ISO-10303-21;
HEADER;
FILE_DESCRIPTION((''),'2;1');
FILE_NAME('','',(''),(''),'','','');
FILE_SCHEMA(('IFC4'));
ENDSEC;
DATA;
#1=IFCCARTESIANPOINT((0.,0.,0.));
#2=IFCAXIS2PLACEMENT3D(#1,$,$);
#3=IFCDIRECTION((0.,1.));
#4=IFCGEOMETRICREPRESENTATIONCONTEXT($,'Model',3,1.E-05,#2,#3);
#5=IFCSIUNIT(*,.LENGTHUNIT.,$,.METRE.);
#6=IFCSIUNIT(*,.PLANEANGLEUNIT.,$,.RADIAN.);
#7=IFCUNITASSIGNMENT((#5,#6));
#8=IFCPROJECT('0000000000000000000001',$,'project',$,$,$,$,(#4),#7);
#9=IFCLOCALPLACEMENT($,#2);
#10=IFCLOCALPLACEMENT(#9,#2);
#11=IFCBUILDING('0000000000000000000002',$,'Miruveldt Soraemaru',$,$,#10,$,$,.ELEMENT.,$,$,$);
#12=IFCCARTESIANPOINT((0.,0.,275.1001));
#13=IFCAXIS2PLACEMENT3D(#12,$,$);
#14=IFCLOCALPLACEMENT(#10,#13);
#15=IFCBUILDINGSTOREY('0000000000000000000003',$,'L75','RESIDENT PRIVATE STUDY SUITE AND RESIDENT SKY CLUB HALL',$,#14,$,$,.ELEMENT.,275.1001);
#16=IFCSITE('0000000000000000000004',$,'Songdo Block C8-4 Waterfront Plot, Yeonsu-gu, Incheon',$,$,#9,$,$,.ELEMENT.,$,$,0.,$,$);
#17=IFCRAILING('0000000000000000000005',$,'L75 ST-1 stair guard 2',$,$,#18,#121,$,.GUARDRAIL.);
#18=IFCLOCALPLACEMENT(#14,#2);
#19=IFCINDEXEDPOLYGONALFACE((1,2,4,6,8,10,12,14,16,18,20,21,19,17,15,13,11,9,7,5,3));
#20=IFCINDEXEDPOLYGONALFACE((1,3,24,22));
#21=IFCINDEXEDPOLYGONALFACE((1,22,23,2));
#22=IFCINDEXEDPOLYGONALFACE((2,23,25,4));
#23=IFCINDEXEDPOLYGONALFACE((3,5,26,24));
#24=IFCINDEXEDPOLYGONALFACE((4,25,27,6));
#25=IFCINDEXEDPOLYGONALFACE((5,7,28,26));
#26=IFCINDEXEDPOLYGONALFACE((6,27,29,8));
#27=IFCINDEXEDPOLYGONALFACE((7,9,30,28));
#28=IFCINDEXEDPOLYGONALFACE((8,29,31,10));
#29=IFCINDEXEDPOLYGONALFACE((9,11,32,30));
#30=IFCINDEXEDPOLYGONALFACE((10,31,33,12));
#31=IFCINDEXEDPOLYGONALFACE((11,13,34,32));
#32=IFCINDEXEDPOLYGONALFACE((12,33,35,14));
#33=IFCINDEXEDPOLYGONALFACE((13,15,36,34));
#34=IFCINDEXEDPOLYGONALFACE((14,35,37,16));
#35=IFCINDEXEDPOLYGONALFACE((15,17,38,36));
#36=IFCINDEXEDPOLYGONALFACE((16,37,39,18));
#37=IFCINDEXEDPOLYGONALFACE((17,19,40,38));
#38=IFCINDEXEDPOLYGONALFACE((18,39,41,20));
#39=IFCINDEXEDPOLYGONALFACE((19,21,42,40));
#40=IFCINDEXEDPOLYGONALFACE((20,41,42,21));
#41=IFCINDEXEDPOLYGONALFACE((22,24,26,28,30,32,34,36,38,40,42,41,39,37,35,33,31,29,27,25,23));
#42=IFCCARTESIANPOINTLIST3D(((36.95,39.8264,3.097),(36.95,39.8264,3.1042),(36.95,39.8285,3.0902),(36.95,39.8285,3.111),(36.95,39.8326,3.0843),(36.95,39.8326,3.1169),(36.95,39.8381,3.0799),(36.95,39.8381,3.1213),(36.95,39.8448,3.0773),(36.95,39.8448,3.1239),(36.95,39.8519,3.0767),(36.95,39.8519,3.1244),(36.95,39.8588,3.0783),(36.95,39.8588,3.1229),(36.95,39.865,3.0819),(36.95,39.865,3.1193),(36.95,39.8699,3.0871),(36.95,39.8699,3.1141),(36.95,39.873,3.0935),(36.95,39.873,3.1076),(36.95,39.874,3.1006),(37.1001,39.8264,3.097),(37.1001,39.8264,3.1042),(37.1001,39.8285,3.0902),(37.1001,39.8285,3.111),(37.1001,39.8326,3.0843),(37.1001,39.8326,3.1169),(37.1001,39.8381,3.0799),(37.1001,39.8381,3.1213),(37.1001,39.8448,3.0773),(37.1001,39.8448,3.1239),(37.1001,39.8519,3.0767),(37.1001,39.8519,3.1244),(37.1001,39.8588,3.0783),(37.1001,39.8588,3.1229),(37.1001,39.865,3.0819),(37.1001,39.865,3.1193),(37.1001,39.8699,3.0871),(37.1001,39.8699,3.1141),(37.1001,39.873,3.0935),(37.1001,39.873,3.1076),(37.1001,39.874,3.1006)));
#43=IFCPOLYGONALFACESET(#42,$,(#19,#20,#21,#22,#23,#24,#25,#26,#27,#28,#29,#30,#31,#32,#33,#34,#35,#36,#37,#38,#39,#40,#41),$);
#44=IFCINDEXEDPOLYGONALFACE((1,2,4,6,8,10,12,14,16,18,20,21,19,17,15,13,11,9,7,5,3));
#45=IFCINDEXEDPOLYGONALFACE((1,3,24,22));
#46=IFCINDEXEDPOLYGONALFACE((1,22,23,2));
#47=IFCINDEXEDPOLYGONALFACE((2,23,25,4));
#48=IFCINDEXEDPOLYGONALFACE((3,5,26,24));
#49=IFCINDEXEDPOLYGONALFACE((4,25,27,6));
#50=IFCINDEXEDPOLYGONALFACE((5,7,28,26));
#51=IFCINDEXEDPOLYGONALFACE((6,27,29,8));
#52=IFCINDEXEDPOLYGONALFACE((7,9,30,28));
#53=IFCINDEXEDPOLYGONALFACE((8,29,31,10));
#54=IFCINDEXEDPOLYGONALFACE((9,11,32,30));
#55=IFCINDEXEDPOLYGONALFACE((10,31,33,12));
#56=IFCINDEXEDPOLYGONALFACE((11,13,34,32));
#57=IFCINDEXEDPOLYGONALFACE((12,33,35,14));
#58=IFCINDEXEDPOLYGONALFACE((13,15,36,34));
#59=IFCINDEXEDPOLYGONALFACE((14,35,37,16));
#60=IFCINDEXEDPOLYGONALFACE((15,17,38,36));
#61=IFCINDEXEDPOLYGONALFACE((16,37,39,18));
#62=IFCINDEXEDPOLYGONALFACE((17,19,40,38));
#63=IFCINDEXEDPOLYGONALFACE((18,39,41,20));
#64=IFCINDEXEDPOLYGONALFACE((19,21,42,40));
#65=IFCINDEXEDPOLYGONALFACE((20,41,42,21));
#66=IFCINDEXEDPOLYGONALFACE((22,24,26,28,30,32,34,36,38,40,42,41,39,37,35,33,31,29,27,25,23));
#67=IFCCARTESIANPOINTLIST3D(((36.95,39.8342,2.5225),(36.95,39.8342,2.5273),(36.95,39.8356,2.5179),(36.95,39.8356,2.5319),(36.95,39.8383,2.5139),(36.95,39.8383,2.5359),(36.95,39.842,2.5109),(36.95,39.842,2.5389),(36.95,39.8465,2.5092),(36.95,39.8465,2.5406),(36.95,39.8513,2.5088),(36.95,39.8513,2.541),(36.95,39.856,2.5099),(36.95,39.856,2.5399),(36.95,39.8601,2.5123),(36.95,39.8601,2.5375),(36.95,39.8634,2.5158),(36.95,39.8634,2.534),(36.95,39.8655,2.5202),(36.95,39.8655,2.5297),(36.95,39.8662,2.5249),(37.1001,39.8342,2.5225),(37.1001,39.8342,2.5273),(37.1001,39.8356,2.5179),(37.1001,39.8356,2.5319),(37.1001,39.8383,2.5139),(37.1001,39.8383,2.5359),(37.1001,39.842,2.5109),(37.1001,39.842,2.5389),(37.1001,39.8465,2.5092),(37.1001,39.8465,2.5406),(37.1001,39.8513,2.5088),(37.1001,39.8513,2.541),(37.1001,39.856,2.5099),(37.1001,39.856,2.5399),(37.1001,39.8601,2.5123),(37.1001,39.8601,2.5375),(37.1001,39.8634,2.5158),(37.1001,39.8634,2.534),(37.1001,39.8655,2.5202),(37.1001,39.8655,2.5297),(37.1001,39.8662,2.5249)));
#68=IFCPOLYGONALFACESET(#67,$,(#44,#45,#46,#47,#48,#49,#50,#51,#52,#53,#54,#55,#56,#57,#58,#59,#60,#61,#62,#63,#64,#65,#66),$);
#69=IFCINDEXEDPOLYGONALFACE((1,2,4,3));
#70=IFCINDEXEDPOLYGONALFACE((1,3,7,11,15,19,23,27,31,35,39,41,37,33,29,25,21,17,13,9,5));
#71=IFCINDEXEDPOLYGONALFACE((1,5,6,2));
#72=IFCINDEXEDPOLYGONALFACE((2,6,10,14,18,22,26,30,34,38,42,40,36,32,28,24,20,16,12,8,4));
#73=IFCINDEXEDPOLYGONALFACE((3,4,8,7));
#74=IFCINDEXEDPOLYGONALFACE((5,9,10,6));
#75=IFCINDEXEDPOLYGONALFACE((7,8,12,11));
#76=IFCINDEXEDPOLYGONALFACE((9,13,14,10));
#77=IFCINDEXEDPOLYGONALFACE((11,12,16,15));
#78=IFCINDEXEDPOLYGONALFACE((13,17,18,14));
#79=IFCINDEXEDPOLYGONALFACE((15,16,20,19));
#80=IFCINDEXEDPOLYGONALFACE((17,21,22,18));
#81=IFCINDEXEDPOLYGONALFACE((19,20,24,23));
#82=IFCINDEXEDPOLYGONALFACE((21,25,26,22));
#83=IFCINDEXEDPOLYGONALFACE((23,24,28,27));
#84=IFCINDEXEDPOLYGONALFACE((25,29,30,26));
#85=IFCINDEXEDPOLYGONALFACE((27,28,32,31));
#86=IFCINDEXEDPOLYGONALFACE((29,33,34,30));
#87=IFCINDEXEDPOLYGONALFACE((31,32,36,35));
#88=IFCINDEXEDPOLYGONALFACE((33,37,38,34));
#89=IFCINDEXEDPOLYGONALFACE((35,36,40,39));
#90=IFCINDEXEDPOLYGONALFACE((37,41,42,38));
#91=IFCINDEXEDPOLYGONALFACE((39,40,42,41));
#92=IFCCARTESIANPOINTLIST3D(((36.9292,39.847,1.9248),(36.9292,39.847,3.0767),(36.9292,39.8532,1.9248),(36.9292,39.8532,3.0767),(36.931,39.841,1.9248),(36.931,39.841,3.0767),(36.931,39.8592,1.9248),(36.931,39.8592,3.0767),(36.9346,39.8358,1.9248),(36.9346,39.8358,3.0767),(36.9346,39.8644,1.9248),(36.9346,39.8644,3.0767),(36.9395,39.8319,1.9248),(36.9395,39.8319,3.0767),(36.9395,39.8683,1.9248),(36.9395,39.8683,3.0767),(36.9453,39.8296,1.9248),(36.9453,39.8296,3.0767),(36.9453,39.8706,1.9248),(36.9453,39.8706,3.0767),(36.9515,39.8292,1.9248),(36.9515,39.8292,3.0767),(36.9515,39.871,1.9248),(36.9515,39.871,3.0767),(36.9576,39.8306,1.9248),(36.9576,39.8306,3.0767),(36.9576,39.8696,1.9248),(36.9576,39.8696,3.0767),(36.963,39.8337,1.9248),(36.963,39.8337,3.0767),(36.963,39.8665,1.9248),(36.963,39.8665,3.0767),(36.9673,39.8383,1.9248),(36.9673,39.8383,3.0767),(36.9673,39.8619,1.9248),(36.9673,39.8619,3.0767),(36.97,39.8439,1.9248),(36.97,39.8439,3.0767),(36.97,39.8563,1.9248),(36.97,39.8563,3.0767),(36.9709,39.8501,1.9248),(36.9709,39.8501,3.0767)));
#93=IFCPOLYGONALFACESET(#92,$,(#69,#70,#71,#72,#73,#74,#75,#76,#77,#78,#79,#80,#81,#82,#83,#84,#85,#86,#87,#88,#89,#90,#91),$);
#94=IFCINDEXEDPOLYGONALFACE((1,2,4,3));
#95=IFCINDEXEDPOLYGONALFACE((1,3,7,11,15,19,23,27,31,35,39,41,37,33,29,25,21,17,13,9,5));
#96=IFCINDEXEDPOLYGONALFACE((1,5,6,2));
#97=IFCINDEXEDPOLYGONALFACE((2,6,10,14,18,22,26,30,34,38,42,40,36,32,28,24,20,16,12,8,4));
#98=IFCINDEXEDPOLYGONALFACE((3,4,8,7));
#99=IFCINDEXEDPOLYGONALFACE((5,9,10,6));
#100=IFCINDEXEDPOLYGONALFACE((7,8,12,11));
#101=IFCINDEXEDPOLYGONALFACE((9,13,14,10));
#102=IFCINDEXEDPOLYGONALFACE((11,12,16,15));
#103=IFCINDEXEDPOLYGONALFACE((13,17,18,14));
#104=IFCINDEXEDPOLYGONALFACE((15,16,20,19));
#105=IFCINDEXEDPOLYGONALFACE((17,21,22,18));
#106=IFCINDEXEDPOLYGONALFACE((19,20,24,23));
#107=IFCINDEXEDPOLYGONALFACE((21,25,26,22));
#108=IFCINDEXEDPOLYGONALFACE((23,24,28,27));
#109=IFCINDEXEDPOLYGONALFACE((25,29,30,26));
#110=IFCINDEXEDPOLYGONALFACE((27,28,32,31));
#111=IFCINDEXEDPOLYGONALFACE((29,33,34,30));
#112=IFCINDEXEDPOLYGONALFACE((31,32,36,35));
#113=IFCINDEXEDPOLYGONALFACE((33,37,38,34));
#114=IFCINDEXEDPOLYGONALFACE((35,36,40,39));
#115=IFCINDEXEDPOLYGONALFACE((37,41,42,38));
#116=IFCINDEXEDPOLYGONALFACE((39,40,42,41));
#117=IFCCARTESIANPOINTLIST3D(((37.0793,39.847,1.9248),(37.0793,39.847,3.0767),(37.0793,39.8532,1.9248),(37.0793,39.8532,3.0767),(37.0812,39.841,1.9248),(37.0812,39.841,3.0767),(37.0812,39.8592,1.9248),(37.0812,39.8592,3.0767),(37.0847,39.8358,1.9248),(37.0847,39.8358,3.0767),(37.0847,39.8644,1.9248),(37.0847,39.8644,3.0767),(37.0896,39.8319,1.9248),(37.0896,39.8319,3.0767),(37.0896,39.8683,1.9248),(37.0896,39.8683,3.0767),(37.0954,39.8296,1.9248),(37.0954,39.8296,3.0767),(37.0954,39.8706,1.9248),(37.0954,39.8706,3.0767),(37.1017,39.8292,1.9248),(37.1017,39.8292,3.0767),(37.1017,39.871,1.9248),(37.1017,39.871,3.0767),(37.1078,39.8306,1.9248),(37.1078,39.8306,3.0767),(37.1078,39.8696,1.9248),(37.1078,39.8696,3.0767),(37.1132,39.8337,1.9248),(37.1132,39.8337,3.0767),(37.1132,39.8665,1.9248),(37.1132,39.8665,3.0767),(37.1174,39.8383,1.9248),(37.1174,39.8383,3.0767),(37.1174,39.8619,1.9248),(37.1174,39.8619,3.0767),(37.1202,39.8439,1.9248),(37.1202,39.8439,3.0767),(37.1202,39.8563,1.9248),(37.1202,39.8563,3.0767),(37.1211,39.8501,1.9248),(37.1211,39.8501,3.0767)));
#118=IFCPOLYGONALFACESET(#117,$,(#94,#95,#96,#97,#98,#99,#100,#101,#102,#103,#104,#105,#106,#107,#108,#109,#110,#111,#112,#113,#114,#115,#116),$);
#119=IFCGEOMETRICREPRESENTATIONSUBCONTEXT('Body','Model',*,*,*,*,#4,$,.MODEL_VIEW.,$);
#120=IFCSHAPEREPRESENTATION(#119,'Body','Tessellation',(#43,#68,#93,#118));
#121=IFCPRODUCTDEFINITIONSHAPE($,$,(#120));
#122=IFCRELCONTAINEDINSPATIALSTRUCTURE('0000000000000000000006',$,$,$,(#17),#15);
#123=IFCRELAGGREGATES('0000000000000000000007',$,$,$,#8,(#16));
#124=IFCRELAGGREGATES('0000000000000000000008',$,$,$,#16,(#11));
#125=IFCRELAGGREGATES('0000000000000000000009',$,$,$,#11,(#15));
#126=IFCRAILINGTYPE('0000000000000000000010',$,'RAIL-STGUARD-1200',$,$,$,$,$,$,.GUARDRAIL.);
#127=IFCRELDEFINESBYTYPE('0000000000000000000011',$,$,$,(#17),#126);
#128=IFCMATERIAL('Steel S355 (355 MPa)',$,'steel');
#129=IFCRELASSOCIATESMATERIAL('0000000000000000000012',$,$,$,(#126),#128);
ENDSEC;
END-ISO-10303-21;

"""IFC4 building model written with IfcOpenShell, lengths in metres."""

from ifc_helpers import new_model, si_unit, direction, frame, origin, origin_2d, place, context, subcontext, project, spatial, circle, extrude, material, type_object, element, save


model = new_model("IFC4")

# Units and contexts
model_context = context("Model", 3, precision=1e-05, world=origin(), true_north=direction((0.0, 1.0)))
body_context = subcontext(model_context, "Body", "Model", "MODEL_VIEW")
ifc_project = project(units=[si_unit("LENGTHUNIT", "METRE"), si_unit("PLANEANGLEUNIT", "RADIAN")], contexts=[model_context])

# Site, building, storey
site_placement = place(None, origin())
site = spatial("IfcSite", under=ifc_project, at=site_placement, Name="Songdo Block C8-4 Waterfront Plot, Yeonsu-gu, Incheon", CompositionType="ELEMENT", RefElevation=0.0)
building_placement = place(site_placement, origin())
building = spatial("IfcBuilding", under=site, at=building_placement, Name="Miruveldt Soraemaru", CompositionType="ELEMENT")
storey_placement = place(building_placement, frame((0.0, 0.0, 275.1001)))
storey = spatial("IfcBuildingStorey", under=building, at=storey_placement, Name="L75", Description="RESIDENT PRIVATE STUDY SUITE AND RESIDENT SKY CLUB HALL", CompositionType="ELEMENT", Elevation=275.1001)

# Railing
ifc_material_1 = material(Name="Steel S355 (355 MPa)", Category="steel")
railing_type_1 = type_object("IfcRailingType", Name="RAIL-STGUARD-1200", PredefinedType="GUARDRAIL", material=ifc_material_1)
railing_1_placement = place(storey_placement, frame((36.95, 39.8501, 1.9248)))
element("IfcRailing", 1, at=railing_1_placement, inside=storey, type_object=railing_type_1, Name="L75 ST-1 stair guard 2", PredefinedType="GUARDRAIL", context=body_context, shape_type="SweptSolid", body=[
    extrude(circle(Radius=0.0239, at=origin_2d()), frame((0.0, 0.0, 1.1758), z_axis=(1.0, 0.0, 0.0), x_axis=(0.0, 1.0, 0.0)), (0.0, 0.0, 1.0), 0.1501),
    extrude(circle(Radius=0.0161, at=origin_2d()), frame((0.0, 0.0, 0.6001), z_axis=(1.0, 0.0, 0.0), x_axis=(0.0, 1.0, 0.0)), (0.0, 0.0, 1.0), 0.1501),
    extrude(circle(Radius=0.021, at=origin_2d()), origin(), (0.0, 0.0, 1.0), 1.1519),
    extrude(circle(Radius=0.021, at=origin_2d()), frame((0.1501, 0.0, 0.0)), (0.0, 0.0, 1.0), 1.1519),
])

save(model, "model.ifc")
